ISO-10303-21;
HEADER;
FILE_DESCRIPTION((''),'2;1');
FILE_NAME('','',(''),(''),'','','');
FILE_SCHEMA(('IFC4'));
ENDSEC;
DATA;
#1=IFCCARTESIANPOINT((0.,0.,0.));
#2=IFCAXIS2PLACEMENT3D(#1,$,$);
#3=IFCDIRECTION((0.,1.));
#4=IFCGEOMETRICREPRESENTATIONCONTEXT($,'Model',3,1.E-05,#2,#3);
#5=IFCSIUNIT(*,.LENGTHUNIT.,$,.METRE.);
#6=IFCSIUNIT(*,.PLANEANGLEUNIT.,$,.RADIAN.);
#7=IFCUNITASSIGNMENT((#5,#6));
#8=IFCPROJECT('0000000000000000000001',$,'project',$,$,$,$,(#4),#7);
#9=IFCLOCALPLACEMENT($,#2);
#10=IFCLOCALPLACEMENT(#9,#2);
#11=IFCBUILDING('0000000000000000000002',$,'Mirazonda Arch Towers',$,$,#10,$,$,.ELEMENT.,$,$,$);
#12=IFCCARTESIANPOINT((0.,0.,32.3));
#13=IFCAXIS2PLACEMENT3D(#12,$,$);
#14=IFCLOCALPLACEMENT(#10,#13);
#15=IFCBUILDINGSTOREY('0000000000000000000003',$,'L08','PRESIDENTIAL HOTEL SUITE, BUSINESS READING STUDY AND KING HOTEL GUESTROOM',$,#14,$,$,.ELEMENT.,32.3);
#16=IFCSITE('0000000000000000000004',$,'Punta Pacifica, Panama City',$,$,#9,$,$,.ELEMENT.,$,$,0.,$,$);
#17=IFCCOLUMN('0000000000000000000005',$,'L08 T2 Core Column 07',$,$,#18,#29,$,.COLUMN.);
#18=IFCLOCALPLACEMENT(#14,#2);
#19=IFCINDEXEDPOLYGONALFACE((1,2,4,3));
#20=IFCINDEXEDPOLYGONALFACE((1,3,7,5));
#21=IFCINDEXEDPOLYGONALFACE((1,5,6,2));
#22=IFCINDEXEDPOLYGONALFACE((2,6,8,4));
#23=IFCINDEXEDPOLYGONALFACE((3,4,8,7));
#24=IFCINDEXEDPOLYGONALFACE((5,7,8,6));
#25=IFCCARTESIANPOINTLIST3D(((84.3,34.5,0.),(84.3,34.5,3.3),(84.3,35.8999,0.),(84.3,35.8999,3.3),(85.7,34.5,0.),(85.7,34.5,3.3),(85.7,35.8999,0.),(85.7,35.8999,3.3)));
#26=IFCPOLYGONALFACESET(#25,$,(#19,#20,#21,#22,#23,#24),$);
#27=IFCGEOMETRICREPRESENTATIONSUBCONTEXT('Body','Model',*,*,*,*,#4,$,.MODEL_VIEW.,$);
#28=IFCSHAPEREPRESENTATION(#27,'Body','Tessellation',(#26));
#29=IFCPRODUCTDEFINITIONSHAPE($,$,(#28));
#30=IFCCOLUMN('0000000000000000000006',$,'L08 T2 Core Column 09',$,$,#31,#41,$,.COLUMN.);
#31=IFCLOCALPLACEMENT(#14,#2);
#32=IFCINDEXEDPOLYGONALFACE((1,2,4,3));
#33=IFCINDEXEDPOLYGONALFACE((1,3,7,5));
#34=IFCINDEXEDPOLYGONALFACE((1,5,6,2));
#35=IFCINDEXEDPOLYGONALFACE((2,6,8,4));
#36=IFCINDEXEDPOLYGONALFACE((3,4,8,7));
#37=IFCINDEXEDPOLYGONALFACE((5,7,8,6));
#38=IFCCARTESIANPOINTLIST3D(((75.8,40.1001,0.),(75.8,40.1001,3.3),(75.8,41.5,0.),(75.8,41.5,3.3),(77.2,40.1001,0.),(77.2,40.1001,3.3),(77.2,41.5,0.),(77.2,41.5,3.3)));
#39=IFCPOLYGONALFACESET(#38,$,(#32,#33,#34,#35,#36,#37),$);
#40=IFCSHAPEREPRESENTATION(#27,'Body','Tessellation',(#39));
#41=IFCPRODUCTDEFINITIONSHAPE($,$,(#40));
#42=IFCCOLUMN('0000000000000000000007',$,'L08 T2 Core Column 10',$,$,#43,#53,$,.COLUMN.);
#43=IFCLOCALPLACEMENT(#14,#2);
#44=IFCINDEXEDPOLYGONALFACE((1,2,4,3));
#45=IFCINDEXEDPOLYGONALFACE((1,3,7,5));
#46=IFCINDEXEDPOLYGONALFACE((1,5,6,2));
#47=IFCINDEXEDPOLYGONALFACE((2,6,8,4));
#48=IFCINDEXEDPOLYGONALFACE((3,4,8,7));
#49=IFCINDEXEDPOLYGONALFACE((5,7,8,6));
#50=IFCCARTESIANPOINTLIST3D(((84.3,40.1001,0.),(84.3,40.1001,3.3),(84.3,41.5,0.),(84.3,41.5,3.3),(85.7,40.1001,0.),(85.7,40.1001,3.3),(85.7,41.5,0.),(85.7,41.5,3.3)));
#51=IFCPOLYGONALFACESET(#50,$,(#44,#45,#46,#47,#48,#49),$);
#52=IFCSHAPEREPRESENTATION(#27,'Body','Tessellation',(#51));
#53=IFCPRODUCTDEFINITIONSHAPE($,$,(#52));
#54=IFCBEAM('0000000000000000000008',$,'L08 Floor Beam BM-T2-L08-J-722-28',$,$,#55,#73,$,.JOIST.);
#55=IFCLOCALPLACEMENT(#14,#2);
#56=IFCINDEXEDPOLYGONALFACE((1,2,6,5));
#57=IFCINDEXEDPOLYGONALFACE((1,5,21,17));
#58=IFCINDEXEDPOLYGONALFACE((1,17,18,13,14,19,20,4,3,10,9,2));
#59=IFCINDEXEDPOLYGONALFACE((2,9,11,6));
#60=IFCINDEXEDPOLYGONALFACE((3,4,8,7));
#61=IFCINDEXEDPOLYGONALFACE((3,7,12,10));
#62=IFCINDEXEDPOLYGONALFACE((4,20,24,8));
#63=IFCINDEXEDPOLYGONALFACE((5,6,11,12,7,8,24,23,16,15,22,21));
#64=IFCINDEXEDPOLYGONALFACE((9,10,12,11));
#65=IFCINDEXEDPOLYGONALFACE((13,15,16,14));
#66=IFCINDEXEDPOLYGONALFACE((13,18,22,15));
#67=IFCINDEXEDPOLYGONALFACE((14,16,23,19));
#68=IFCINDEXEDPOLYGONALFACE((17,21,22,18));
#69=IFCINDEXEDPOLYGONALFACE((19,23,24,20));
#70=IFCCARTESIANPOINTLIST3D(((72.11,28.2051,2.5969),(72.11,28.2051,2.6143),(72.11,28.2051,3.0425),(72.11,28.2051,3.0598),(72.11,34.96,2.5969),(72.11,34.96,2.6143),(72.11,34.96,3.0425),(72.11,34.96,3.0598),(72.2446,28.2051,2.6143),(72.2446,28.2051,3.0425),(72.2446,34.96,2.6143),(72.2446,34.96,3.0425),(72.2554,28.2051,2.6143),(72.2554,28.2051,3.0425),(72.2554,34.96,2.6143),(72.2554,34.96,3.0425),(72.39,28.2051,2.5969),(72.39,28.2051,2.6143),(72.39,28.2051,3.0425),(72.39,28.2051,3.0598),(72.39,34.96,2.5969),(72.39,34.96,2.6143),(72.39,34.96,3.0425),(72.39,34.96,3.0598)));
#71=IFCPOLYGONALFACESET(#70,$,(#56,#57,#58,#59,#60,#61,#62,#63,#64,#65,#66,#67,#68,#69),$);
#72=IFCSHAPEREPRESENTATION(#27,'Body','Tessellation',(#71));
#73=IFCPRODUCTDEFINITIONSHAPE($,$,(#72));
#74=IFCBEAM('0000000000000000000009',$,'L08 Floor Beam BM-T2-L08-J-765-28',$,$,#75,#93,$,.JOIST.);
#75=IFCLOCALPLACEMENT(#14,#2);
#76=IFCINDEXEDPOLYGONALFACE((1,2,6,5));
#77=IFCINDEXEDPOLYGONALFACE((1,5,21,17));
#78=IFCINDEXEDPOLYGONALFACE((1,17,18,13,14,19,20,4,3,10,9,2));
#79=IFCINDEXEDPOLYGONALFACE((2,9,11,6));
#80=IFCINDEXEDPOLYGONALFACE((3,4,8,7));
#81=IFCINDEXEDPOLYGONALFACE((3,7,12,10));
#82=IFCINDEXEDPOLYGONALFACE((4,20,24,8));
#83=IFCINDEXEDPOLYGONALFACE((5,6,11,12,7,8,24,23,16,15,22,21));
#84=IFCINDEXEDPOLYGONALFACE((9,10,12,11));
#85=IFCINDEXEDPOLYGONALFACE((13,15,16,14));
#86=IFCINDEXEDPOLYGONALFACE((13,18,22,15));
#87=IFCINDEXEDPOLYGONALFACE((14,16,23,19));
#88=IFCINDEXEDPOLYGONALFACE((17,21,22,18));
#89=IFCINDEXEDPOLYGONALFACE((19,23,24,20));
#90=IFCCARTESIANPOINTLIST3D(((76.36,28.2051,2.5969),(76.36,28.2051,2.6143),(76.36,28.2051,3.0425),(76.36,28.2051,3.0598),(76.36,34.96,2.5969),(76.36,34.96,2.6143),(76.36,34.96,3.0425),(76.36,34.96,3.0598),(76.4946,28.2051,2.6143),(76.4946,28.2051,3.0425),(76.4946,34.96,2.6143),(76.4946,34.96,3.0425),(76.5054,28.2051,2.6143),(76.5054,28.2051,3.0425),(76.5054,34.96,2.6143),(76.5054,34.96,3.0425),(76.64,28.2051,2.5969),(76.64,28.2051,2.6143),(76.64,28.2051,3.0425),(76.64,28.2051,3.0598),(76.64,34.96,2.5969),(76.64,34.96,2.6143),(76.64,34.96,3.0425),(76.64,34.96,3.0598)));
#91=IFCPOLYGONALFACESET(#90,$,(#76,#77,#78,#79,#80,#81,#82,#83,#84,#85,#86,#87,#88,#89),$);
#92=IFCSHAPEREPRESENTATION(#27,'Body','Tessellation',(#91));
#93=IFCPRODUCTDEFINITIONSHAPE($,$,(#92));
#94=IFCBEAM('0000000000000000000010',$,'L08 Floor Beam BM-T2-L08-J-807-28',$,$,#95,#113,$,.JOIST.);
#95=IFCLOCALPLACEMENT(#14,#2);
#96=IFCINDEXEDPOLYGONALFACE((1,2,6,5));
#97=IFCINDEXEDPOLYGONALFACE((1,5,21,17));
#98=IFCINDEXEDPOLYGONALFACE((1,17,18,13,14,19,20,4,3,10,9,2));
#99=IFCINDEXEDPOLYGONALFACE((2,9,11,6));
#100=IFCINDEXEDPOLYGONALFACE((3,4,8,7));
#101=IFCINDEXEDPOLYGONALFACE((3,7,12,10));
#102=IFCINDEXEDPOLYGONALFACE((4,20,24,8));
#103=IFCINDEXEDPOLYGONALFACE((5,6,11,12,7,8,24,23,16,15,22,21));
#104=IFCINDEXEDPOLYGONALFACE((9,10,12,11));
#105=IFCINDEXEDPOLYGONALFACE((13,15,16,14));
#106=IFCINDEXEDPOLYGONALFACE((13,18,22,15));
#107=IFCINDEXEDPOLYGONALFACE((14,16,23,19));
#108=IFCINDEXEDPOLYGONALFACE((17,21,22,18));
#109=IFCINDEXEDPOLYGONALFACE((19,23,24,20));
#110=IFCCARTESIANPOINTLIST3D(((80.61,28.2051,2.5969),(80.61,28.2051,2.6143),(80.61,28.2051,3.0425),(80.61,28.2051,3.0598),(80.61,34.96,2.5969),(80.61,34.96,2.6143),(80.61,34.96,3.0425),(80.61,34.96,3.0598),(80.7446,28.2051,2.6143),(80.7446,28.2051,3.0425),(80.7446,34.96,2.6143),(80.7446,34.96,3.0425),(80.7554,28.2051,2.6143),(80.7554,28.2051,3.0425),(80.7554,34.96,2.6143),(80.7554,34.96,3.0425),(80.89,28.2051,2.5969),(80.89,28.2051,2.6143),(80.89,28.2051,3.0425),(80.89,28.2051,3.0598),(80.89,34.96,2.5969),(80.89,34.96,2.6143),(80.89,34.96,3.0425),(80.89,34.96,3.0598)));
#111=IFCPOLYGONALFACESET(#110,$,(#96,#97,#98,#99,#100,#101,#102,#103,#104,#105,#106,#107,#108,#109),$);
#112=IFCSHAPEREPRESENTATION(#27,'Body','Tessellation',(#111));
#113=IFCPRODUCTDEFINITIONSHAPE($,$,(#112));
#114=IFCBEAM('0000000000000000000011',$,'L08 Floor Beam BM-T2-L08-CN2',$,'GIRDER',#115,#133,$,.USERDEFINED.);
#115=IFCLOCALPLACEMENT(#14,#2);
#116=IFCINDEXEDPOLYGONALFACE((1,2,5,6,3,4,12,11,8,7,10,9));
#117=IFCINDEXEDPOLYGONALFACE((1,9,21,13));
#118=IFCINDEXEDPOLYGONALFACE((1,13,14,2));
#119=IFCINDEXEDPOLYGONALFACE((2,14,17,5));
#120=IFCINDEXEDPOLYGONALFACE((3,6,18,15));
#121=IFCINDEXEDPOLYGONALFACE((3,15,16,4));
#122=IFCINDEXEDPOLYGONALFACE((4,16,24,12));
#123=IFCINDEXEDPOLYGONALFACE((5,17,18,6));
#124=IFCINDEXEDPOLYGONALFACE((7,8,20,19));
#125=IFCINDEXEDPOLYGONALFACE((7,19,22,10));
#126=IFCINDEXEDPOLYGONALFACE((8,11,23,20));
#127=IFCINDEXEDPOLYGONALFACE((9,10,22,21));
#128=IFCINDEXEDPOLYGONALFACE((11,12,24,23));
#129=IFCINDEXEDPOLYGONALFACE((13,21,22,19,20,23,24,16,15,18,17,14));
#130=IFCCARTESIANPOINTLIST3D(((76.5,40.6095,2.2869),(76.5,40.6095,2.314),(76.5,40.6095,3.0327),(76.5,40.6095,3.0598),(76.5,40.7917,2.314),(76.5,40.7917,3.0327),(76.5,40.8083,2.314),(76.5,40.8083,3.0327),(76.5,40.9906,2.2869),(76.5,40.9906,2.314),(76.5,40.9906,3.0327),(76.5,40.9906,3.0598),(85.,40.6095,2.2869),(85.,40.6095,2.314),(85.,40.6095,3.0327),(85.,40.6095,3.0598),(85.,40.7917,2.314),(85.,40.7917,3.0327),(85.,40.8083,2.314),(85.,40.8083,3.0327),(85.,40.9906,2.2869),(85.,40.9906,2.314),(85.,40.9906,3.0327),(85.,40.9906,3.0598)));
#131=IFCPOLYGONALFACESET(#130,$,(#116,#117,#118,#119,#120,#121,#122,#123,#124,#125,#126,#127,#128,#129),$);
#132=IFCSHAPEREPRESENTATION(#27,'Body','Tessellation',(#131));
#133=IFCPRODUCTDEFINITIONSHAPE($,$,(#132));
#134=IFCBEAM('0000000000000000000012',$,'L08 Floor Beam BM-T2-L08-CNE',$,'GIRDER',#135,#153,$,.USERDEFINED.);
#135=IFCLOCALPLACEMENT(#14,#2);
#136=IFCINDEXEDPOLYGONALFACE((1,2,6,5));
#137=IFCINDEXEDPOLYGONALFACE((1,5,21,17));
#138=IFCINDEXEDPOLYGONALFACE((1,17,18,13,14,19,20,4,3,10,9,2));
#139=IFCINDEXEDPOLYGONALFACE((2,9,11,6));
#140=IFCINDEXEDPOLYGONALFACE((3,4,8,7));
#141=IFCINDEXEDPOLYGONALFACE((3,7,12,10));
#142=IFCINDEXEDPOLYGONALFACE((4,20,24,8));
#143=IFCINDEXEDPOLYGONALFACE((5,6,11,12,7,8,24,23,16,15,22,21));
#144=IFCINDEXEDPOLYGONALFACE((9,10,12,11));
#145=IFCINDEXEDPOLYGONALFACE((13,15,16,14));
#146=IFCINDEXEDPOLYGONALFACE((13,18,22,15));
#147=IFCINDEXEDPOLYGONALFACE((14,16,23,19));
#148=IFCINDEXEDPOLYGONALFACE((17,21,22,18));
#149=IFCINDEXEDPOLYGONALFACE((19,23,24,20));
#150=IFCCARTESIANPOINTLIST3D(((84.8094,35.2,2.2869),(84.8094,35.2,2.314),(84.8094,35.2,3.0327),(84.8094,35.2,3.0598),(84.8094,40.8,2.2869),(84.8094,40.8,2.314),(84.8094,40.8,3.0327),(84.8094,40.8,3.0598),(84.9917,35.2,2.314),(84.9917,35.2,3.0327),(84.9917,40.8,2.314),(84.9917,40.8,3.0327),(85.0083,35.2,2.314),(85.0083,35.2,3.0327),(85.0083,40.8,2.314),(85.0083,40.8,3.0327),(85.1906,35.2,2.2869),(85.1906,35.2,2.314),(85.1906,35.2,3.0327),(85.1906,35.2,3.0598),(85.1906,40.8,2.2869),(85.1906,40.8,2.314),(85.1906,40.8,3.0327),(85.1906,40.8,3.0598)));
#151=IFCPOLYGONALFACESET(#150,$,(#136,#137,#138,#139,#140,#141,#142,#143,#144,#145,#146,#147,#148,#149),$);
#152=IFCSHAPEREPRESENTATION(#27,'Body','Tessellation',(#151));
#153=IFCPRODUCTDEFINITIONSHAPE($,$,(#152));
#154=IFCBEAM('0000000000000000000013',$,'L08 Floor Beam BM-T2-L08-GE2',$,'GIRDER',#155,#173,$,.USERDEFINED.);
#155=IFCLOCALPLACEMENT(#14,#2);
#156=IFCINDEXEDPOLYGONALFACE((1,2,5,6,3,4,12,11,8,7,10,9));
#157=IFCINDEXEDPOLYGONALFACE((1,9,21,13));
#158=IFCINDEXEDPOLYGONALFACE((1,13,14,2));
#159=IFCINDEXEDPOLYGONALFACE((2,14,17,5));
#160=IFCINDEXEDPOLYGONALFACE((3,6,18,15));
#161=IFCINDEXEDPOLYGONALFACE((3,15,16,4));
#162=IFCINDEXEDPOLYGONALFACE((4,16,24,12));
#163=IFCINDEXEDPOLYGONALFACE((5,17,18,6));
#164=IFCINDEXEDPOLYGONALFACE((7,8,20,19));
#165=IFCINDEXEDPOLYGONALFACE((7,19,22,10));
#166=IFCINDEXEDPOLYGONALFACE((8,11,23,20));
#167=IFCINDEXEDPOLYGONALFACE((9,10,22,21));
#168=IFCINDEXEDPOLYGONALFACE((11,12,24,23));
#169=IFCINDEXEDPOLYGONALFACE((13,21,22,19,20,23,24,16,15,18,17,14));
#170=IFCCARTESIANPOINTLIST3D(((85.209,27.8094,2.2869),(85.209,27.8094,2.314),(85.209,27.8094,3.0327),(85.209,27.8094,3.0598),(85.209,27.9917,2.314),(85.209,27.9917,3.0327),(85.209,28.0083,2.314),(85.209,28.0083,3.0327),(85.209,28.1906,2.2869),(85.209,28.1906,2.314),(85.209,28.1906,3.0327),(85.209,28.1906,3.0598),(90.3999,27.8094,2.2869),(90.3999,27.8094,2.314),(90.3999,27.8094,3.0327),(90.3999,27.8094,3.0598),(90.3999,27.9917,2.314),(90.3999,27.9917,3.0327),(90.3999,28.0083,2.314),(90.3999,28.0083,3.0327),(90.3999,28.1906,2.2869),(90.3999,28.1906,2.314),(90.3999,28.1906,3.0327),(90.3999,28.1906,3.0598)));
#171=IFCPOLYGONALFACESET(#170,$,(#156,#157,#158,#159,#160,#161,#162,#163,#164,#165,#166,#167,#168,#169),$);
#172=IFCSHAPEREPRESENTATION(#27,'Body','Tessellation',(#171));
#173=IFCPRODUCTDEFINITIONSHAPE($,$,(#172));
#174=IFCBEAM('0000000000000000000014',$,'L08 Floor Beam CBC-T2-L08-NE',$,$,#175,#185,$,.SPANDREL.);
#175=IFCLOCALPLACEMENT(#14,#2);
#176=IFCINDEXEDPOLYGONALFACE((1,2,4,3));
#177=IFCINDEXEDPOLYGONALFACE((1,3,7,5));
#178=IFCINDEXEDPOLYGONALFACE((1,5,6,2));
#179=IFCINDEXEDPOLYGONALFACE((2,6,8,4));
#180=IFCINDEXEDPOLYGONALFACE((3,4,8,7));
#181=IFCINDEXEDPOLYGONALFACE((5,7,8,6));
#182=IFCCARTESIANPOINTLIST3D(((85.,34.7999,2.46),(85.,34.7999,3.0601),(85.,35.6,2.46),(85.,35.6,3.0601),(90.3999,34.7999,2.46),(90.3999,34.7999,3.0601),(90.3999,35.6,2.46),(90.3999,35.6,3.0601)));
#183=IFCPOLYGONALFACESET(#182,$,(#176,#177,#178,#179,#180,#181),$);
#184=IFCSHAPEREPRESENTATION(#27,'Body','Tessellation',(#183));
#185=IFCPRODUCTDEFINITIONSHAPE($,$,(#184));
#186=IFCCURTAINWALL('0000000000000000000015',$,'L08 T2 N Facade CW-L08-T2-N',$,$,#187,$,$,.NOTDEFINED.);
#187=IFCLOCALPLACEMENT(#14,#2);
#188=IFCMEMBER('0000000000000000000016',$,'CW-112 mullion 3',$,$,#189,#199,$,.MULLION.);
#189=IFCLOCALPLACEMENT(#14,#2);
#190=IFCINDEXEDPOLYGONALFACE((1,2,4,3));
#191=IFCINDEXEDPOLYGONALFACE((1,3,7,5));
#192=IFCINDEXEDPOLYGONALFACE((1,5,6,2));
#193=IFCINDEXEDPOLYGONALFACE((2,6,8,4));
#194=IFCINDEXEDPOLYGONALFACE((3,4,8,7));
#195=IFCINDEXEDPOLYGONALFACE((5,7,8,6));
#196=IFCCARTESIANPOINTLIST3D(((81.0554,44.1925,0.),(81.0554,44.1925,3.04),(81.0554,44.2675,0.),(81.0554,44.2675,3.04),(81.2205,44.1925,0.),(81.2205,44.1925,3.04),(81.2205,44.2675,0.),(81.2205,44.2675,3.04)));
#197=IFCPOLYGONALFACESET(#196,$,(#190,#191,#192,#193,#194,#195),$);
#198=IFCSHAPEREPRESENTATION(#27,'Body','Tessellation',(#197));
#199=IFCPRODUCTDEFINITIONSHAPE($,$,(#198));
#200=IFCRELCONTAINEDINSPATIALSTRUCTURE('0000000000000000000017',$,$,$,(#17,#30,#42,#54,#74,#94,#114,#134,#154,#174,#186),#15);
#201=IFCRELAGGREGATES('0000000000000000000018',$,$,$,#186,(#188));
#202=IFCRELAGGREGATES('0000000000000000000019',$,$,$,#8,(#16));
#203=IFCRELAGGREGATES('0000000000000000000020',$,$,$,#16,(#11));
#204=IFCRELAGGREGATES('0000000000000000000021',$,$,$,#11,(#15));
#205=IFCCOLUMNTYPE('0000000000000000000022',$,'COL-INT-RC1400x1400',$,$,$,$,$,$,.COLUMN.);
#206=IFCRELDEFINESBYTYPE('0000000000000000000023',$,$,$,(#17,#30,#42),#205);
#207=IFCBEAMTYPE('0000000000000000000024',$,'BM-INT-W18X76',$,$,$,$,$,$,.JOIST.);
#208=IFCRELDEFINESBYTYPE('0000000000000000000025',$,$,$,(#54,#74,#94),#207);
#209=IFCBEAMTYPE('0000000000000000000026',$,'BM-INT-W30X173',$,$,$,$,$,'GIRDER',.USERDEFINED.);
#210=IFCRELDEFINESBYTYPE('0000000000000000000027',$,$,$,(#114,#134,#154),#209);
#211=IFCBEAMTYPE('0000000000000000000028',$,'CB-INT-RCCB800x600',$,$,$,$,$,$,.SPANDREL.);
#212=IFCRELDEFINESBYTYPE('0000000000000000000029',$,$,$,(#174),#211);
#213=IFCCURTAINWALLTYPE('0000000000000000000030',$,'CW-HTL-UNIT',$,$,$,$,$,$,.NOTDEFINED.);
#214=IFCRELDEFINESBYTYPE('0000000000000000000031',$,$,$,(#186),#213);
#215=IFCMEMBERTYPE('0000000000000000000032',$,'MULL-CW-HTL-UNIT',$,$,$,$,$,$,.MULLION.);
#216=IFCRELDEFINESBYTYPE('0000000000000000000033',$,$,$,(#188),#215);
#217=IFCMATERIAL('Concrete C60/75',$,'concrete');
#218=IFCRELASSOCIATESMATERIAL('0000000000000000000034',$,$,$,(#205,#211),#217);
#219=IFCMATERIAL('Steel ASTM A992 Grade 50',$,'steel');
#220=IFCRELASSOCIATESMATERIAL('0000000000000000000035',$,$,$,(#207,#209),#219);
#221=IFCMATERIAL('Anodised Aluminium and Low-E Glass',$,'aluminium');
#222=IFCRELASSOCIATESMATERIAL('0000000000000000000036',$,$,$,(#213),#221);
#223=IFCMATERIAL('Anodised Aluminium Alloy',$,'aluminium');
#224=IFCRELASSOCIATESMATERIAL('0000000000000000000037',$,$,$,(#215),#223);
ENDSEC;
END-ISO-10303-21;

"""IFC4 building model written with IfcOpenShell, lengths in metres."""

from ifc_helpers import new_model, si_unit, direction, frame, origin, origin_2d, place, context, subcontext, project, spatial, rectangle, i_section, extrude, material, material_profile, profile_set, type_object, element, aggregate, save


model = new_model("IFC4")

# Units and contexts
model_context = context("Model", 3, precision=1e-05, world=origin(), true_north=direction((0.0, 1.0)))
body_context = subcontext(model_context, "Body", "Model", "MODEL_VIEW")
ifc_project = project(units=[si_unit("LENGTHUNIT", "METRE"), si_unit("PLANEANGLEUNIT", "RADIAN")], contexts=[model_context])

# Site, building, storey
site_placement = place(None, origin())
site = spatial("IfcSite", under=ifc_project, at=site_placement, Name="Punta Pacifica, Panama City", CompositionType="ELEMENT", RefElevation=0.0)
building_placement = place(site_placement, origin())
building = spatial("IfcBuilding", under=site, at=building_placement, Name="Mirazonda Arch Towers", CompositionType="ELEMENT")
storey_placement = place(building_placement, frame((0.0, 0.0, 32.3)))
storey = spatial("IfcBuildingStorey", under=building, at=storey_placement, Name="L08", Description="PRESIDENTIAL HOTEL SUITE, BUSINESS READING STUDY AND KING HOTEL GUESTROOM", CompositionType="ELEMENT", Elevation=32.3)

# Columns
ifc_material_1 = material(Name="Concrete C60/75", Category="concrete")
ifc_material_profile_1 = material_profile(ifc_material_1, rectangle(XDim=1.3999, YDim=1.3999, at=origin_2d()), Name="RC1400x1400")
ifc_profile_set_1 = profile_set([ifc_material_profile_1], Name="Concrete C60/75")
column_type = type_object("IfcColumnType", Name="COL-INT-RC1400x1400", PredefinedType="COLUMN", material=ifc_profile_set_1)
for number, where, z_axis, x_axis, name in (
    (1, (85.0, 35.2, 0.0), (0.0, 0.0, 1.0), (1.0, 0.0, 0.0), "L08 T2 Core Column 07"),
    (2, (76.5, 40.8, 0.0), (0.0, 0.0, 1.0), (1.0, 0.0, 0.0), "L08 T2 Core Column 09"),
    (3, (85.0, 40.8, 0.0), (0.0, 0.0, 1.0), (1.0, 0.0, 0.0), "L08 T2 Core Column 10"),
):
    element("IfcColumn", number, at=place(storey_placement, frame(where, z_axis=z_axis, x_axis=x_axis)), inside=storey, type_object=column_type, Name=name, PredefinedType="COLUMN", context=body_context, shape_type="SweptSolid", body=[
        extrude(rectangle(XDim=1.3999, YDim=1.3999, at=origin_2d()), origin(), (0.0, 0.0, 1.0), 3.3),
    ])

# Beams
ifc_material_2 = material(Name="Steel ASTM A992 Grade 50", Category="steel")
ifc_material_profile_2 = material_profile(ifc_material_2, i_section(OverallWidth=0.28, OverallDepth=0.4629, WebThickness=0.0107, FlangeThickness=0.0173, at=origin_2d()), Name="W18X76")
ifc_profile_set_2 = profile_set([ifc_material_profile_2], Name="Steel ASTM A992 Grade 50")
beam_type_1 = type_object("IfcBeamType", Name="BM-INT-W18X76", PredefinedType="JOIST", material=ifc_profile_set_2)
for number, where, z_axis, x_axis, name in (
    (4, (72.25, 28.2051, 2.8284), (0.0, 1.0, 0.0), (-1.0, 0.0, 0.0), "L08 Floor Beam BM-T2-L08-J-722-28"),
    (5, (76.5, 28.2051, 2.8284), (0.0, 1.0, 0.0), (-1.0, 0.0, 0.0), "L08 Floor Beam BM-T2-L08-J-765-28"),
    (6, (80.75, 28.2051, 2.8284), (0.0, 1.0, 0.0), (-1.0, 0.0, 0.0), "L08 Floor Beam BM-T2-L08-J-807-28"),
):
    element("IfcBeam", number, at=place(storey_placement, frame(where, z_axis=z_axis, x_axis=x_axis)), inside=storey, type_object=beam_type_1, Name=name, PredefinedType="JOIST", context=body_context, shape_type="SweptSolid", body=[
        extrude(i_section(OverallWidth=0.28, OverallDepth=0.4629, WebThickness=0.0107, FlangeThickness=0.0173, at=origin_2d()), origin(), (0.0, 0.0, 1.0), 6.7549),
    ])
ifc_material_profile_3 = material_profile(ifc_material_2, i_section(OverallWidth=0.3811, OverallDepth=0.7729, WebThickness=0.0166, FlangeThickness=0.0271, at=origin_2d()), Name="W30X173")
ifc_profile_set_3 = profile_set([ifc_material_profile_3], Name="Steel ASTM A992 Grade 50")
beam_type_2 = type_object("IfcBeamType", Name="BM-INT-W30X173", ElementType="GIRDER", PredefinedType="USERDEFINED", material=ifc_profile_set_3)
beam_1_placement = place(storey_placement, frame((76.5, 40.8, 2.6733), z_axis=(1.0, 0.0, 0.0), x_axis=(0.0, 1.0, 0.0)))
element("IfcBeam", 7, at=beam_1_placement, inside=storey, type_object=beam_type_2, Name="L08 Floor Beam BM-T2-L08-CN2", ObjectType="GIRDER", PredefinedType="USERDEFINED", context=body_context, shape_type="SweptSolid", body=[
    extrude(i_section(OverallWidth=0.3811, OverallDepth=0.7729, WebThickness=0.0166, FlangeThickness=0.0271, at=origin_2d()), origin(), (0.0, 0.0, 1.0), 8.5),
])
beam_2_placement = place(storey_placement, frame((85.0, 35.2, 2.6733), z_axis=(0.0, 1.0, 0.0), x_axis=(-1.0, 0.0, 0.0)))
element("IfcBeam", 8, at=beam_2_placement, inside=storey, type_object=beam_type_2, Name="L08 Floor Beam BM-T2-L08-CNE", ObjectType="GIRDER", PredefinedType="USERDEFINED", context=body_context, shape_type="SweptSolid", body=[
    extrude(i_section(OverallWidth=0.3811, OverallDepth=0.7729, WebThickness=0.0166, FlangeThickness=0.0271, at=origin_2d()), origin(), (0.0, 0.0, 1.0), 5.6001),
])
beam_3_placement = place(storey_placement, frame((85.209, 28.0, 2.6733), z_axis=(1.0, 0.0, 0.0), x_axis=(0.0, 1.0, 0.0)))
element("IfcBeam", 9, at=beam_3_placement, inside=storey, type_object=beam_type_2, Name="L08 Floor Beam BM-T2-L08-GE2", ObjectType="GIRDER", PredefinedType="USERDEFINED", context=body_context, shape_type="SweptSolid", body=[
    extrude(i_section(OverallWidth=0.3811, OverallDepth=0.7729, WebThickness=0.0166, FlangeThickness=0.0271, at=origin_2d()), origin(), (0.0, 0.0, 1.0), 5.1909),
])
ifc_material_profile_4 = material_profile(ifc_material_1, rectangle(XDim=0.8, YDim=0.6001, at=origin_2d()), Name="RCCB800x600")
ifc_profile_set_4 = profile_set([ifc_material_profile_4], Name="Concrete C60/75")
beam_type_3 = type_object("IfcBeamType", Name="CB-INT-RCCB800x600", PredefinedType="SPANDREL", material=ifc_profile_set_4)
beam_4_placement = place(storey_placement, frame((85.0, 35.2, 2.76), z_axis=(1.0, 0.0, 0.0), x_axis=(0.0, 1.0, 0.0)))
element("IfcBeam", 10, at=beam_4_placement, inside=storey, type_object=beam_type_3, Name="L08 Floor Beam CBC-T2-L08-NE", PredefinedType="SPANDREL", context=body_context, shape_type="SweptSolid", body=[
    extrude(rectangle(XDim=0.8, YDim=0.6001, at=origin_2d()), origin(), (0.0, 0.0, 1.0), 5.3999),
])

# Curtain wall, member
ifc_material_3 = material(Name="Anodised Aluminium and Low-E Glass", Category="aluminium")
curtain_wall_type = type_object("IfcCurtainWallType", Name="CW-HTL-UNIT", PredefinedType="NOTDEFINED", material=ifc_material_3)
curtain_wall_placement = place(storey_placement, origin())
curtain_wall = element("IfcCurtainWall", 11, at=curtain_wall_placement, inside=storey, type_object=curtain_wall_type, Name="L08 T2 N Facade CW-L08-T2-N", PredefinedType="NOTDEFINED")
ifc_material_4 = material(Name="Anodised Aluminium Alloy", Category="aluminium")
ifc_material_profile_5 = material_profile(ifc_material_4, rectangle(XDim=0.075, YDim=0.165, at=origin_2d()), Name="ALU-MULL-75x165")
ifc_profile_set_5 = profile_set([ifc_material_profile_5], Name="Anodised Aluminium Alloy")
member_type_1 = type_object("IfcMemberType", Name="MULL-CW-HTL-UNIT", PredefinedType="MULLION", material=ifc_profile_set_5)
member_1_placement = place(storey_placement, frame((81.1379, 44.23, 0.0), z_axis=(0.0, 0.0, 1.0), x_axis=(0.0, 1.0, 0.0)))
member_1 = element("IfcMember", 12, at=member_1_placement, type_object=member_type_1, Name="CW-112 mullion 3", PredefinedType="MULLION", context=body_context, shape_type="SweptSolid", body=[
    extrude(rectangle(XDim=0.075, YDim=0.165, at=origin_2d()), origin(), (0.0, 0.0, 1.0), 3.04),
])
aggregate(curtain_wall, [member_1])

save(model, "model.ifc")
